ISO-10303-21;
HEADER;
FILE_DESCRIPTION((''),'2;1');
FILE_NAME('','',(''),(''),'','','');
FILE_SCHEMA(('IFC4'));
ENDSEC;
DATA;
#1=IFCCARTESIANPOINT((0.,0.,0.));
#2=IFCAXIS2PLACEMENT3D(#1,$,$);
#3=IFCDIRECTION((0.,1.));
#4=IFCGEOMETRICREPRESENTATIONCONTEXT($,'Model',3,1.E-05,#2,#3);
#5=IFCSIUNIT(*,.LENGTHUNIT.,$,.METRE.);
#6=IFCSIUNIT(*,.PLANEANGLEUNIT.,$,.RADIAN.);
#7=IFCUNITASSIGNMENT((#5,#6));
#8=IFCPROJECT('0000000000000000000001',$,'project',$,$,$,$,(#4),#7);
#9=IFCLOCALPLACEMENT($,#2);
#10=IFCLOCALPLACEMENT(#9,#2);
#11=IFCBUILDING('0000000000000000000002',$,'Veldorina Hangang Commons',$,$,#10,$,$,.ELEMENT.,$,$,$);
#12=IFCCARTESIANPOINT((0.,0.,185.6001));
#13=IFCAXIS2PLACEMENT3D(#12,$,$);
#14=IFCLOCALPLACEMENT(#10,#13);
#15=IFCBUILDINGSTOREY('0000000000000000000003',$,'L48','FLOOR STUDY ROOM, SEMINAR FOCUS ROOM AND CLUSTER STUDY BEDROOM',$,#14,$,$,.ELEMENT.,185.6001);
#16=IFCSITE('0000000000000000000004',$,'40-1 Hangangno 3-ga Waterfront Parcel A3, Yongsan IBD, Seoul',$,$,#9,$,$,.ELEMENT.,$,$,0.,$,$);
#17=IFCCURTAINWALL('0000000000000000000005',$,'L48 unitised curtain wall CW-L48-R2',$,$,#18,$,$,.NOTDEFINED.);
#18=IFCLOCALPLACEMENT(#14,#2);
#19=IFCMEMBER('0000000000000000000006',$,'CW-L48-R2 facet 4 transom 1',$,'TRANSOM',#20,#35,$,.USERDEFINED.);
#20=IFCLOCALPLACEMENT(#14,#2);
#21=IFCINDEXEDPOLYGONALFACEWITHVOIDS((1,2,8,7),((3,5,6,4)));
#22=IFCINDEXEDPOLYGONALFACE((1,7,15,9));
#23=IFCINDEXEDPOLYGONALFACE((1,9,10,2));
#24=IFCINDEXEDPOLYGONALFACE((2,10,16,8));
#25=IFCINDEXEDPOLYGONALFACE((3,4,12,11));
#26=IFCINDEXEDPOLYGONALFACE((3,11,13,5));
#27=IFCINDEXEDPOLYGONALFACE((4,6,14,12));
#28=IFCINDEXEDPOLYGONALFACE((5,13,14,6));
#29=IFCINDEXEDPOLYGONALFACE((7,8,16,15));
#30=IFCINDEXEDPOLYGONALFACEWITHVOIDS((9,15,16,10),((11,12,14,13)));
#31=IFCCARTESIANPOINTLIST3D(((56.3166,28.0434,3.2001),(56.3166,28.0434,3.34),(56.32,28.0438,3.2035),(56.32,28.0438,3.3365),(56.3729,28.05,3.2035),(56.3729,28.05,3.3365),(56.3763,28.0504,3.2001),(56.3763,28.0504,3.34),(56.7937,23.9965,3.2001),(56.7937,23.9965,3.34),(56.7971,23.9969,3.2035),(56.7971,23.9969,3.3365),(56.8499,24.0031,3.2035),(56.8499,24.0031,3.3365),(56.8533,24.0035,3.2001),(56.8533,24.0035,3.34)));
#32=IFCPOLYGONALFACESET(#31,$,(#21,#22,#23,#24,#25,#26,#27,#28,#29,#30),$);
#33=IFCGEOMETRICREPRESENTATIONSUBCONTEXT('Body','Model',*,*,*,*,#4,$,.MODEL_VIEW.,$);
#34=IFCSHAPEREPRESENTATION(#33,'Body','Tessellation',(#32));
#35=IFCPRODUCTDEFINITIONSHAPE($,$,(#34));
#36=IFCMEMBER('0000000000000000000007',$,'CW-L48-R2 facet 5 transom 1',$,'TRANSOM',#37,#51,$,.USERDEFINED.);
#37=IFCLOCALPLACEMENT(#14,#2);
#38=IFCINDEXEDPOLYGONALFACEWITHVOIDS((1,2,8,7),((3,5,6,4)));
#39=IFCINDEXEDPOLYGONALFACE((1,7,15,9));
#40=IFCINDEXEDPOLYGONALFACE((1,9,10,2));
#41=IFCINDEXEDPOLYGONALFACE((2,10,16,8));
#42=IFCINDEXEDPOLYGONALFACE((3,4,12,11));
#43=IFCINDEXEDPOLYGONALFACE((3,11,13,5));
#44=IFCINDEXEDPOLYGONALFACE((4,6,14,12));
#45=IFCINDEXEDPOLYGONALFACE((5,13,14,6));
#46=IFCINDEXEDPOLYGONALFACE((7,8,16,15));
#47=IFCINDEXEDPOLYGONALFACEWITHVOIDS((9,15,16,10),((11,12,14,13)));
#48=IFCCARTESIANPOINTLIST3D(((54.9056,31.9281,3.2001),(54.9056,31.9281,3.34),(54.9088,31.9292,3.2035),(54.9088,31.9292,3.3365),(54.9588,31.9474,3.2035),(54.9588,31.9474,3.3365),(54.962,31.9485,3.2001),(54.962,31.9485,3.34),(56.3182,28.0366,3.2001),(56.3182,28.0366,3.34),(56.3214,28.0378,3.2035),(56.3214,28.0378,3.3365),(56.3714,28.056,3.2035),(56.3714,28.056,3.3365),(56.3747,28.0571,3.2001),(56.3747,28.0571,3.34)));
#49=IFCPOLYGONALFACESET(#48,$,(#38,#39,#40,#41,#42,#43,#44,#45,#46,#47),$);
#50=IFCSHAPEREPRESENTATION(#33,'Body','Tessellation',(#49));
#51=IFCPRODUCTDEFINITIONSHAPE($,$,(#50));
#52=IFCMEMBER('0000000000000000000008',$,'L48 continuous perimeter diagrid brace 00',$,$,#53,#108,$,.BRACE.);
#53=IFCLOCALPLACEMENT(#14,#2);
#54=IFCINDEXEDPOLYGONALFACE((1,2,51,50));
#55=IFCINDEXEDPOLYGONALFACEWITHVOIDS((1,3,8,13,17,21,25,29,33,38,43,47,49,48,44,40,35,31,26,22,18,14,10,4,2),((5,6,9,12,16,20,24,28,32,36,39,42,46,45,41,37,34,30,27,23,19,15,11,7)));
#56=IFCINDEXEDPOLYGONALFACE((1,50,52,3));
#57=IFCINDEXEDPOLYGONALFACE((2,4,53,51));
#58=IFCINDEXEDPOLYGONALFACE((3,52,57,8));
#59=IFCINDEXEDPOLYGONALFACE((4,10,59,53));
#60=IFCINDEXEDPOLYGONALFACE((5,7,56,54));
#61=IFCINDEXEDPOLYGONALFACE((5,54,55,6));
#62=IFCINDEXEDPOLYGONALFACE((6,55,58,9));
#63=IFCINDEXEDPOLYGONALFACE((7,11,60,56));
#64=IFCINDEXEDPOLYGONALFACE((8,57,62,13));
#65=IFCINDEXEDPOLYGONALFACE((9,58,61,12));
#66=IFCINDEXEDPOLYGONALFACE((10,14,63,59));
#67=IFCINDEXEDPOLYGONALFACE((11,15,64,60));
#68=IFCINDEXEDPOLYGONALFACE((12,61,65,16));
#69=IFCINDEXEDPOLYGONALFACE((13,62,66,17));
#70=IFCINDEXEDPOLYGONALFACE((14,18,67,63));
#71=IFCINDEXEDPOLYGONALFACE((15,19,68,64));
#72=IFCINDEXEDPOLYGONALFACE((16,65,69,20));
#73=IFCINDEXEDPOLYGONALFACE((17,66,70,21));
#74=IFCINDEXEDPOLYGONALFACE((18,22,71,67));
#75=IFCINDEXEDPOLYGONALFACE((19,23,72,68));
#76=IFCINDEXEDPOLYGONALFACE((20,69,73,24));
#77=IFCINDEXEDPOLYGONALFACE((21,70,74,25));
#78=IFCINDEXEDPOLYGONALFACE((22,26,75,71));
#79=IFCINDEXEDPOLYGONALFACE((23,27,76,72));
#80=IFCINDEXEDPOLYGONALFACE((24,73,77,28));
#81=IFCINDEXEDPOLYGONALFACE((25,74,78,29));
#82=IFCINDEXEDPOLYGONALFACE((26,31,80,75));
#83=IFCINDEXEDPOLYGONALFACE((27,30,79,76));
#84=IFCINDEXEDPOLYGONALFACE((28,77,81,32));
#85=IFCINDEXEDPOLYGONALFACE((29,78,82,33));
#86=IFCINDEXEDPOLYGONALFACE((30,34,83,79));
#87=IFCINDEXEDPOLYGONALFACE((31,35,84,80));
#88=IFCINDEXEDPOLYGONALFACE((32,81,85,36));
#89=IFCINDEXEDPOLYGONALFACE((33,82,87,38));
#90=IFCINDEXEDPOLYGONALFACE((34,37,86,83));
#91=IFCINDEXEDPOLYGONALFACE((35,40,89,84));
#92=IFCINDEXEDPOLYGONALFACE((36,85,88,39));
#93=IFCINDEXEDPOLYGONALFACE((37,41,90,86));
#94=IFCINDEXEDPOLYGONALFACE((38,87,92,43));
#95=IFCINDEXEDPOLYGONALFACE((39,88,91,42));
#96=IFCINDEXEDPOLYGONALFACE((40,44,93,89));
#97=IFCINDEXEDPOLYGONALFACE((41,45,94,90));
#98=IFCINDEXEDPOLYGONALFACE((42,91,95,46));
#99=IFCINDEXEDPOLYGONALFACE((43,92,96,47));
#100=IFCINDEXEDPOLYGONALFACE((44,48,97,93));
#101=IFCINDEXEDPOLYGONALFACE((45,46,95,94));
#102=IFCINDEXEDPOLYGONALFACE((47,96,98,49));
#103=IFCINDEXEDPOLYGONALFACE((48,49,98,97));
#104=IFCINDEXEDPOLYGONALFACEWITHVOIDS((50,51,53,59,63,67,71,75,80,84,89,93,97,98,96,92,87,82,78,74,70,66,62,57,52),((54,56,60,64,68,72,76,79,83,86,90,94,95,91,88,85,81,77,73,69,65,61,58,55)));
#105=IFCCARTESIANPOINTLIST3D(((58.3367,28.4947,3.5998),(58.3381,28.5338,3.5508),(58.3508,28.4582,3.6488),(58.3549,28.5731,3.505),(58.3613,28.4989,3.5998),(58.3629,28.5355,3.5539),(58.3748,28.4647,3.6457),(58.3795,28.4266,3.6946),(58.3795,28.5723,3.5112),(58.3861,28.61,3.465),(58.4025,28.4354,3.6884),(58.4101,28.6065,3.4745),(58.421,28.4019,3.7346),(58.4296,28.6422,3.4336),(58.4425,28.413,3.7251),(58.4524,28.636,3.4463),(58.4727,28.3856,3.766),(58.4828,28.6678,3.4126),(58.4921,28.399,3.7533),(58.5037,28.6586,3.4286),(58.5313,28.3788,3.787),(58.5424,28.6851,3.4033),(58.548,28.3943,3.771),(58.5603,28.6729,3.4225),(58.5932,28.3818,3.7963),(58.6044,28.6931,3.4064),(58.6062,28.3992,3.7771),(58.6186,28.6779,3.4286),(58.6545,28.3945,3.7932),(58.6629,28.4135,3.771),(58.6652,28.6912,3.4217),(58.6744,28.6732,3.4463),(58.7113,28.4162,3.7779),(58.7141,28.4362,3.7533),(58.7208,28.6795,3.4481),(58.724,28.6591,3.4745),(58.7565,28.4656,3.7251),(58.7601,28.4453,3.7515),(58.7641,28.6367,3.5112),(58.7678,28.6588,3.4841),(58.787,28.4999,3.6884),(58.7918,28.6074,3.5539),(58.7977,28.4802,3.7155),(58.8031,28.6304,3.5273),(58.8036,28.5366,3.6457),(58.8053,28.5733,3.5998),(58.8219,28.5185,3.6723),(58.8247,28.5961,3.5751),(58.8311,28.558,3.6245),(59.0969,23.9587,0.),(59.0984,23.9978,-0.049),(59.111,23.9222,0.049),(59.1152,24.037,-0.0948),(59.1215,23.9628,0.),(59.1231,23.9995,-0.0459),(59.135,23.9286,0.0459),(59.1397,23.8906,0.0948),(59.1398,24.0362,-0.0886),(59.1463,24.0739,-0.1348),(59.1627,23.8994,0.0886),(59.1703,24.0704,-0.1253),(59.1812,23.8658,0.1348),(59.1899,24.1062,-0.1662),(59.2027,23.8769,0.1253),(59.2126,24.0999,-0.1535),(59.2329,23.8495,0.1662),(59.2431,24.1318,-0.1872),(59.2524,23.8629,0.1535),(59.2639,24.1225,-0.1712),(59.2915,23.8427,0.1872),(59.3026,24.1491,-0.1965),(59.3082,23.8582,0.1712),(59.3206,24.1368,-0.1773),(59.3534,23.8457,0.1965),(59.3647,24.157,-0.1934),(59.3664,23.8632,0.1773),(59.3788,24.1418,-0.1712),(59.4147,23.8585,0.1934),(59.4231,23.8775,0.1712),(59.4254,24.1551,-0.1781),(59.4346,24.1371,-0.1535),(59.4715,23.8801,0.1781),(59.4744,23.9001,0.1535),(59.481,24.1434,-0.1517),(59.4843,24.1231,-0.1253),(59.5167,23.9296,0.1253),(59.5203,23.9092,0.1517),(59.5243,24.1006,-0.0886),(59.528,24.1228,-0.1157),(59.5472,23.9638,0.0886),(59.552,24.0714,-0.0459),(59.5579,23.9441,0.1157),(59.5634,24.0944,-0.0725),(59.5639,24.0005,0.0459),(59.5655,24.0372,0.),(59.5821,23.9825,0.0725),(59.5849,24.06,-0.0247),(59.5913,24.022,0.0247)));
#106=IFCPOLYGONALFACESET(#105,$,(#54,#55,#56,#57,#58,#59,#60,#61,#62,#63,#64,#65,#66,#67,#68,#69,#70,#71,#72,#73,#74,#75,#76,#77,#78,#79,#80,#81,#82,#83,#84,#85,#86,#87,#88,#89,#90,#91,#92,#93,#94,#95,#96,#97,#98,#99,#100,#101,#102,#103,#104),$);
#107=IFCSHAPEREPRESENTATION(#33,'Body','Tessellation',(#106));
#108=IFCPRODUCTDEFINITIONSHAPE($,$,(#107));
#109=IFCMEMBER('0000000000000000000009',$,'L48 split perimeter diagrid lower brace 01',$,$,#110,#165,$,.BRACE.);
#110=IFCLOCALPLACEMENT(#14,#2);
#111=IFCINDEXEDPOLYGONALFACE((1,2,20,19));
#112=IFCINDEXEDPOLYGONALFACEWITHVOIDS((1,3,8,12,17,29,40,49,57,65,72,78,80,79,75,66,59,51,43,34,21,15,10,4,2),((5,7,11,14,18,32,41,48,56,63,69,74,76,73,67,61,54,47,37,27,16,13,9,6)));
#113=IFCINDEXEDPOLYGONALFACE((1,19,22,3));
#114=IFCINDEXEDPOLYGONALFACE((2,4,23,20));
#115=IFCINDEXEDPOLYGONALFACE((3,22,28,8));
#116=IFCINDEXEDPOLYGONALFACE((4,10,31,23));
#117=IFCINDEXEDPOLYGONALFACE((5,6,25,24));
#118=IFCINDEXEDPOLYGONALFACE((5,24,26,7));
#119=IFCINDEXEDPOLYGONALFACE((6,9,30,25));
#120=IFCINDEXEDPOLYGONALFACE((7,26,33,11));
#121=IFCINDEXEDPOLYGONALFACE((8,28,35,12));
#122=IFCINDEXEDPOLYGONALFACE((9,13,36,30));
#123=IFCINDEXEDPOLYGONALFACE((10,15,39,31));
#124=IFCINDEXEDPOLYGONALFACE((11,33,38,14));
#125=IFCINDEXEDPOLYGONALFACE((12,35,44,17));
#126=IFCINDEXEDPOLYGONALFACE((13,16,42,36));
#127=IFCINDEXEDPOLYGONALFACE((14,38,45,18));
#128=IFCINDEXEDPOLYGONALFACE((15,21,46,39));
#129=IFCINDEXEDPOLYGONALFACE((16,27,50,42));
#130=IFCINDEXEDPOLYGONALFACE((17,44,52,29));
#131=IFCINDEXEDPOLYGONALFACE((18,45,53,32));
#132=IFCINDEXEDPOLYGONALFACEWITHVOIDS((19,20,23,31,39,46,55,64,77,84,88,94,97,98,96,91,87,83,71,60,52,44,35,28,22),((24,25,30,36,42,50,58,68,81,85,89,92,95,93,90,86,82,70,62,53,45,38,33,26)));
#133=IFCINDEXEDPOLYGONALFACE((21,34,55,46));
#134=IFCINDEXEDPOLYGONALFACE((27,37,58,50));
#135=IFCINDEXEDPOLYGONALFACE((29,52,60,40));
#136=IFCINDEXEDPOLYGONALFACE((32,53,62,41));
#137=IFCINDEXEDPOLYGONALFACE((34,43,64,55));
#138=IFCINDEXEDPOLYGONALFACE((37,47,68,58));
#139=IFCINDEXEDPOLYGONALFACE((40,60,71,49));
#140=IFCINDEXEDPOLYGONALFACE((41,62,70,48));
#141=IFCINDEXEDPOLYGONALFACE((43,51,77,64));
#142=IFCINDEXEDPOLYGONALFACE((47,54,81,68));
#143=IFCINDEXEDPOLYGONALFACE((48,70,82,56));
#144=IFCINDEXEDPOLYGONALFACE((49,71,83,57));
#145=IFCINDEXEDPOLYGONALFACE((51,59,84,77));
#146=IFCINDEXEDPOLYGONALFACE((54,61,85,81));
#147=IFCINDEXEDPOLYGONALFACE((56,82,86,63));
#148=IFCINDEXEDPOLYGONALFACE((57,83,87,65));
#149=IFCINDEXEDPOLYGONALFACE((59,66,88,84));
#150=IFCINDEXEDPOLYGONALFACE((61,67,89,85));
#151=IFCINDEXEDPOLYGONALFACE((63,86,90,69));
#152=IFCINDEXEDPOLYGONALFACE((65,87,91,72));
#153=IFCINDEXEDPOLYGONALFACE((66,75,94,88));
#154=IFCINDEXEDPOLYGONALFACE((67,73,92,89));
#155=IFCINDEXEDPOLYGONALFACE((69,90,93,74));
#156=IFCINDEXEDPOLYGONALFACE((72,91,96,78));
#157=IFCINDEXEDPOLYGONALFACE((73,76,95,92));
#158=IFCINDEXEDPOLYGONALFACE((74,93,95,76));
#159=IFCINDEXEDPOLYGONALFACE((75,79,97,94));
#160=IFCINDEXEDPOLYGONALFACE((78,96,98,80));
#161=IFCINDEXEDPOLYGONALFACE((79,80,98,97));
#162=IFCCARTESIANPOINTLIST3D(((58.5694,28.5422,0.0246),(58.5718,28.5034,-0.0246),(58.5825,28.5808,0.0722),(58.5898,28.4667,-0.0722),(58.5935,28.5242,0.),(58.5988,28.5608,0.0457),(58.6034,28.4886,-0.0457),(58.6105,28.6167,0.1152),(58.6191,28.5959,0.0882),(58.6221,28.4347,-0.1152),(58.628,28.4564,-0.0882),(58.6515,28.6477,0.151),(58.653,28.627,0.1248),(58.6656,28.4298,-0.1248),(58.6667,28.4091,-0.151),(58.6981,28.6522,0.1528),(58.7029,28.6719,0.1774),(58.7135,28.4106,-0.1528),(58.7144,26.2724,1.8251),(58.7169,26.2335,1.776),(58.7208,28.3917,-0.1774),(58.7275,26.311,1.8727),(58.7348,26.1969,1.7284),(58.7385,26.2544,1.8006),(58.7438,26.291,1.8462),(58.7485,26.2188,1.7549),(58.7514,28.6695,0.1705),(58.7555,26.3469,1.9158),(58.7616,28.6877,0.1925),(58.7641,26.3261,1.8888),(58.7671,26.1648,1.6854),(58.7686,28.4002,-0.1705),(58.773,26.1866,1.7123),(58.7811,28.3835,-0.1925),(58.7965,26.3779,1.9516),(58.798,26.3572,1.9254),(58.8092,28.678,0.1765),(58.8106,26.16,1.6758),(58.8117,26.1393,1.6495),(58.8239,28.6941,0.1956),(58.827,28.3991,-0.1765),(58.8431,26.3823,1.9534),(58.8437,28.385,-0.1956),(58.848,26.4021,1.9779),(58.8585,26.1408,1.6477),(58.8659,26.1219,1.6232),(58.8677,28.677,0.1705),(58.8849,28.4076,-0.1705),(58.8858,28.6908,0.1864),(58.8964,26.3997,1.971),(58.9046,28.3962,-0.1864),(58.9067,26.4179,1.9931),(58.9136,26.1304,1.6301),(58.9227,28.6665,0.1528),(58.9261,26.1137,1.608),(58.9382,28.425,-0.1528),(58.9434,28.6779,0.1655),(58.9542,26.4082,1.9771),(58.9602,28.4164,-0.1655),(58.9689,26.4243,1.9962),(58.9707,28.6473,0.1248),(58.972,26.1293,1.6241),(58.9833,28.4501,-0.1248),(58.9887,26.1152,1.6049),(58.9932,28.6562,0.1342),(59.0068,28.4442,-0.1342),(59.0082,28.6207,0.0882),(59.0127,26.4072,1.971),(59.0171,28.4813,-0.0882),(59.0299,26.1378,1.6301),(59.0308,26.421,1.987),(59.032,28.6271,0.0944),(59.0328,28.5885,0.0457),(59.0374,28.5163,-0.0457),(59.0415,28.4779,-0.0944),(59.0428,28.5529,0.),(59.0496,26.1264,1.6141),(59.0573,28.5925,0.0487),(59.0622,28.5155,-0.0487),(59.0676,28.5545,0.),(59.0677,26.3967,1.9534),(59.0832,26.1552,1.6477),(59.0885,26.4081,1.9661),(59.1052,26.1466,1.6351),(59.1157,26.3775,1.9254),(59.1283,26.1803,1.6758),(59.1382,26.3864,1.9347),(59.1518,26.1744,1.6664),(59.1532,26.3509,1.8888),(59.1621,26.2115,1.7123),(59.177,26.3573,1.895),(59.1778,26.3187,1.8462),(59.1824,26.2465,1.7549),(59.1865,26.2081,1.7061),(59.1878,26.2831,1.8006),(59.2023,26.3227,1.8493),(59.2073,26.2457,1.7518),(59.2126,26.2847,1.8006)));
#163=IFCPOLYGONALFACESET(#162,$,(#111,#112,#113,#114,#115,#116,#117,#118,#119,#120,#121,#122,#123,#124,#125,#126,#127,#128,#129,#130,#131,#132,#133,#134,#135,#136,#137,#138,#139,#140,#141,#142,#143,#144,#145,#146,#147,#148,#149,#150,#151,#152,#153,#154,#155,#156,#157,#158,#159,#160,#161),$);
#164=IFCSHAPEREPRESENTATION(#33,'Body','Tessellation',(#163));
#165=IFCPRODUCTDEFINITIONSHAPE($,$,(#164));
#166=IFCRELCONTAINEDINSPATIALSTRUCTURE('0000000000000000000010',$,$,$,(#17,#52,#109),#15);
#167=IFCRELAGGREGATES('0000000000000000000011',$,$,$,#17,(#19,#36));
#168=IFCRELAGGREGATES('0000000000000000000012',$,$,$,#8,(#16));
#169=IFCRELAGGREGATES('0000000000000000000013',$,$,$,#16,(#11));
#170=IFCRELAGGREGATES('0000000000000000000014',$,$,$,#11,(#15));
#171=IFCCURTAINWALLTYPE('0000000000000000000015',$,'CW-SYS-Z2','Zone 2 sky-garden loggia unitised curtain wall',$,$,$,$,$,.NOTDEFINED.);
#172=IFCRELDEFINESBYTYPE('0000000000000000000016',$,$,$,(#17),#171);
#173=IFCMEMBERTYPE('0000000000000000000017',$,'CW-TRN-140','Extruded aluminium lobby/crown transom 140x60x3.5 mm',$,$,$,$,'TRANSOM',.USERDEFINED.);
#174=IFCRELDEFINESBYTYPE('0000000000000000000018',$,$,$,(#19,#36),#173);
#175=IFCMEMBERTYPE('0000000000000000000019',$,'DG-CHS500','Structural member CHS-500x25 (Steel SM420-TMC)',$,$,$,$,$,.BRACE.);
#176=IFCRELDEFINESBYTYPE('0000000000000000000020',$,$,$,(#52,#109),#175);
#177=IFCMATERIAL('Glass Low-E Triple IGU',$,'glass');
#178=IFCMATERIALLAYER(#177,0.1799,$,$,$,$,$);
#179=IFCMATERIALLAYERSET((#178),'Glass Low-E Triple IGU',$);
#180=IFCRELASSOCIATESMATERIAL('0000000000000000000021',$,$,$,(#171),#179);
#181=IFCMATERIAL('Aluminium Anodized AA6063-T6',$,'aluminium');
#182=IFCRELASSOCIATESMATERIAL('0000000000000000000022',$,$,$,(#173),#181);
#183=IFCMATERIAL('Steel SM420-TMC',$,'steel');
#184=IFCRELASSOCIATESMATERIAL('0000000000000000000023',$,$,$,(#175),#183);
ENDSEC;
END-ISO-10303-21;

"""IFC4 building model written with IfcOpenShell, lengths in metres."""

from ifc_helpers import new_model, si_unit, direction, frame, origin, origin_2d, place, context, subcontext, project, spatial, hollow_rectangle, hollow_circle, extrude, material, layer, layer_set, material_profile, profile_set, type_object, element, aggregate, save


model = new_model("IFC4")

# Units and contexts
model_context = context("Model", 3, precision=1e-05, world=origin(), true_north=direction((0.0, 1.0)))
body_context = subcontext(model_context, "Body", "Model", "MODEL_VIEW")
ifc_project = project(units=[si_unit("LENGTHUNIT", "METRE"), si_unit("PLANEANGLEUNIT", "RADIAN")], contexts=[model_context])

# Site, building, storey
site_placement = place(None, origin())
site = spatial("IfcSite", under=ifc_project, at=site_placement, Name="40-1 Hangangno 3-ga Waterfront Parcel A3, Yongsan IBD, Seoul", CompositionType="ELEMENT", RefElevation=0.0)
building_placement = place(site_placement, origin())
building = spatial("IfcBuilding", under=site, at=building_placement, Name="Veldorina Hangang Commons", CompositionType="ELEMENT")
storey_placement = place(building_placement, frame((0.0, 0.0, 185.6001)))
storey = spatial("IfcBuildingStorey", under=building, at=storey_placement, Name="L48", Description="FLOOR STUDY ROOM, SEMINAR FOCUS ROOM AND CLUSTER STUDY BEDROOM", CompositionType="ELEMENT", Elevation=185.6001)

# Shared definitions
ifc_material_1 = material(Name="Steel SM420-TMC", Category="steel")

# Curtain wall, members
ifc_material_2 = material(Name="Glass Low-E Triple IGU", Category="glass")
ifc_layer_1 = layer(ifc_material_2, 0.1799)
ifc_layer_set_1 = layer_set([ifc_layer_1], Name="Glass Low-E Triple IGU")
curtain_wall_type = type_object("IfcCurtainWallType", Name="CW-SYS-Z2", Description="Zone 2 sky-garden loggia unitised curtain wall", PredefinedType="NOTDEFINED", material=ifc_layer_set_1)
curtain_wall_placement = place(storey_placement, origin())
curtain_wall = element("IfcCurtainWall", 1, at=curtain_wall_placement, inside=storey, type_object=curtain_wall_type, Name="L48 unitised curtain wall CW-L48-R2", PredefinedType="NOTDEFINED")
ifc_material_3 = material(Name="Aluminium Anodized AA6063-T6", Category="aluminium")
ifc_material_profile_1 = material_profile(ifc_material_3, hollow_rectangle(XDim=0.0601, YDim=0.1399, WallThickness=0.0034, at=origin_2d()), Name="ALU-RHS-140x60x3.5")
ifc_profile_set_1 = profile_set([ifc_material_profile_1], Name="Aluminium Anodized AA6063-T6")
member_type_1 = type_object("IfcMemberType", Name="CW-TRN-140", Description="Extruded aluminium lobby/crown transom 140x60x3.5 mm", ElementType="TRANSOM", PredefinedType="USERDEFINED", material=ifc_profile_set_1)
member_1_placement = place(storey_placement, frame((56.8235, 24.0, 3.27), z_axis=(-0.117071, 0.993124, 0.0), x_axis=(-0.993124, -0.117071, 0.0)))
member_1 = element("IfcMember", 2, at=member_1_placement, type_object=member_type_1, Name="CW-L48-R2 facet 4 transom 1", ObjectType="TRANSOM", PredefinedType="USERDEFINED", context=body_context, shape_type="SweptSolid", body=[
    extrude(hollow_rectangle(XDim=0.0601, YDim=0.1399, WallThickness=0.0034, at=origin_2d()), origin(), (0.0, 0.0, 1.0), 4.075),
])
member_2_placement = place(storey_placement, frame((56.3464, 28.0469, 3.27), z_axis=(-0.341222, 0.939983, 0.0), x_axis=(-0.939983, -0.341222, 0.0)))
member_2 = element("IfcMember", 3, at=member_2_placement, type_object=member_type_1, Name="CW-L48-R2 facet 5 transom 1", ObjectType="TRANSOM", PredefinedType="USERDEFINED", context=body_context, shape_type="SweptSolid", body=[
    extrude(hollow_rectangle(XDim=0.0601, YDim=0.1399, WallThickness=0.0034, at=origin_2d()), origin(), (0.0, 0.0, 1.0), 4.1399),
])

# Members
ifc_material_profile_2 = material_profile(ifc_material_1, hollow_circle(Radius=0.25, WallThickness=0.0249, at=origin_2d()), Name="CHS-500x25")
ifc_profile_set_2 = profile_set([ifc_material_profile_2], Name="Steel SM420-TMC")
member_type_2 = type_object("IfcMemberType", Name="DG-CHS500", Description="Structural member CHS-500x25 (Steel SM420-TMC)", PredefinedType="BRACE", material=ifc_profile_set_2)
member_3_placement = place(storey_placement, frame((59.3435, 24.0, 0.0), z_axis=(-0.130166, 0.776646, 0.616343), x_axis=(-0.986244, -0.165294, 0.0)))
element("IfcMember", 4, at=member_3_placement, inside=storey, type_object=member_type_2, Name="L48 continuous perimeter diagrid brace 00", PredefinedType="BRACE", context=body_context, shape_type="SweptSolid", body=[
    extrude(hollow_circle(Radius=0.25, WallThickness=0.0249, at=origin_2d()), origin(), (0.0, 0.0, 1.0), 5.8406),
])
member_4_placement = place(storey_placement, frame((58.8181, 28.5386, 0.0), z_axis=(0.049992, -0.782456, 0.620696), x_axis=(0.997965, 0.063762, 0.0)))
element("IfcMember", 5, at=member_4_placement, inside=storey, type_object=member_type_2, Name="L48 split perimeter diagrid lower brace 01", PredefinedType="BRACE", context=body_context, shape_type="SweptSolid", body=[
    extrude(hollow_circle(Radius=0.25, WallThickness=0.0249, at=origin_2d()), origin(), (0.0, 0.0, 1.0), 2.9009),
])

aggregate(curtain_wall, [member_1, member_2])

save(model, "model.ifc")
